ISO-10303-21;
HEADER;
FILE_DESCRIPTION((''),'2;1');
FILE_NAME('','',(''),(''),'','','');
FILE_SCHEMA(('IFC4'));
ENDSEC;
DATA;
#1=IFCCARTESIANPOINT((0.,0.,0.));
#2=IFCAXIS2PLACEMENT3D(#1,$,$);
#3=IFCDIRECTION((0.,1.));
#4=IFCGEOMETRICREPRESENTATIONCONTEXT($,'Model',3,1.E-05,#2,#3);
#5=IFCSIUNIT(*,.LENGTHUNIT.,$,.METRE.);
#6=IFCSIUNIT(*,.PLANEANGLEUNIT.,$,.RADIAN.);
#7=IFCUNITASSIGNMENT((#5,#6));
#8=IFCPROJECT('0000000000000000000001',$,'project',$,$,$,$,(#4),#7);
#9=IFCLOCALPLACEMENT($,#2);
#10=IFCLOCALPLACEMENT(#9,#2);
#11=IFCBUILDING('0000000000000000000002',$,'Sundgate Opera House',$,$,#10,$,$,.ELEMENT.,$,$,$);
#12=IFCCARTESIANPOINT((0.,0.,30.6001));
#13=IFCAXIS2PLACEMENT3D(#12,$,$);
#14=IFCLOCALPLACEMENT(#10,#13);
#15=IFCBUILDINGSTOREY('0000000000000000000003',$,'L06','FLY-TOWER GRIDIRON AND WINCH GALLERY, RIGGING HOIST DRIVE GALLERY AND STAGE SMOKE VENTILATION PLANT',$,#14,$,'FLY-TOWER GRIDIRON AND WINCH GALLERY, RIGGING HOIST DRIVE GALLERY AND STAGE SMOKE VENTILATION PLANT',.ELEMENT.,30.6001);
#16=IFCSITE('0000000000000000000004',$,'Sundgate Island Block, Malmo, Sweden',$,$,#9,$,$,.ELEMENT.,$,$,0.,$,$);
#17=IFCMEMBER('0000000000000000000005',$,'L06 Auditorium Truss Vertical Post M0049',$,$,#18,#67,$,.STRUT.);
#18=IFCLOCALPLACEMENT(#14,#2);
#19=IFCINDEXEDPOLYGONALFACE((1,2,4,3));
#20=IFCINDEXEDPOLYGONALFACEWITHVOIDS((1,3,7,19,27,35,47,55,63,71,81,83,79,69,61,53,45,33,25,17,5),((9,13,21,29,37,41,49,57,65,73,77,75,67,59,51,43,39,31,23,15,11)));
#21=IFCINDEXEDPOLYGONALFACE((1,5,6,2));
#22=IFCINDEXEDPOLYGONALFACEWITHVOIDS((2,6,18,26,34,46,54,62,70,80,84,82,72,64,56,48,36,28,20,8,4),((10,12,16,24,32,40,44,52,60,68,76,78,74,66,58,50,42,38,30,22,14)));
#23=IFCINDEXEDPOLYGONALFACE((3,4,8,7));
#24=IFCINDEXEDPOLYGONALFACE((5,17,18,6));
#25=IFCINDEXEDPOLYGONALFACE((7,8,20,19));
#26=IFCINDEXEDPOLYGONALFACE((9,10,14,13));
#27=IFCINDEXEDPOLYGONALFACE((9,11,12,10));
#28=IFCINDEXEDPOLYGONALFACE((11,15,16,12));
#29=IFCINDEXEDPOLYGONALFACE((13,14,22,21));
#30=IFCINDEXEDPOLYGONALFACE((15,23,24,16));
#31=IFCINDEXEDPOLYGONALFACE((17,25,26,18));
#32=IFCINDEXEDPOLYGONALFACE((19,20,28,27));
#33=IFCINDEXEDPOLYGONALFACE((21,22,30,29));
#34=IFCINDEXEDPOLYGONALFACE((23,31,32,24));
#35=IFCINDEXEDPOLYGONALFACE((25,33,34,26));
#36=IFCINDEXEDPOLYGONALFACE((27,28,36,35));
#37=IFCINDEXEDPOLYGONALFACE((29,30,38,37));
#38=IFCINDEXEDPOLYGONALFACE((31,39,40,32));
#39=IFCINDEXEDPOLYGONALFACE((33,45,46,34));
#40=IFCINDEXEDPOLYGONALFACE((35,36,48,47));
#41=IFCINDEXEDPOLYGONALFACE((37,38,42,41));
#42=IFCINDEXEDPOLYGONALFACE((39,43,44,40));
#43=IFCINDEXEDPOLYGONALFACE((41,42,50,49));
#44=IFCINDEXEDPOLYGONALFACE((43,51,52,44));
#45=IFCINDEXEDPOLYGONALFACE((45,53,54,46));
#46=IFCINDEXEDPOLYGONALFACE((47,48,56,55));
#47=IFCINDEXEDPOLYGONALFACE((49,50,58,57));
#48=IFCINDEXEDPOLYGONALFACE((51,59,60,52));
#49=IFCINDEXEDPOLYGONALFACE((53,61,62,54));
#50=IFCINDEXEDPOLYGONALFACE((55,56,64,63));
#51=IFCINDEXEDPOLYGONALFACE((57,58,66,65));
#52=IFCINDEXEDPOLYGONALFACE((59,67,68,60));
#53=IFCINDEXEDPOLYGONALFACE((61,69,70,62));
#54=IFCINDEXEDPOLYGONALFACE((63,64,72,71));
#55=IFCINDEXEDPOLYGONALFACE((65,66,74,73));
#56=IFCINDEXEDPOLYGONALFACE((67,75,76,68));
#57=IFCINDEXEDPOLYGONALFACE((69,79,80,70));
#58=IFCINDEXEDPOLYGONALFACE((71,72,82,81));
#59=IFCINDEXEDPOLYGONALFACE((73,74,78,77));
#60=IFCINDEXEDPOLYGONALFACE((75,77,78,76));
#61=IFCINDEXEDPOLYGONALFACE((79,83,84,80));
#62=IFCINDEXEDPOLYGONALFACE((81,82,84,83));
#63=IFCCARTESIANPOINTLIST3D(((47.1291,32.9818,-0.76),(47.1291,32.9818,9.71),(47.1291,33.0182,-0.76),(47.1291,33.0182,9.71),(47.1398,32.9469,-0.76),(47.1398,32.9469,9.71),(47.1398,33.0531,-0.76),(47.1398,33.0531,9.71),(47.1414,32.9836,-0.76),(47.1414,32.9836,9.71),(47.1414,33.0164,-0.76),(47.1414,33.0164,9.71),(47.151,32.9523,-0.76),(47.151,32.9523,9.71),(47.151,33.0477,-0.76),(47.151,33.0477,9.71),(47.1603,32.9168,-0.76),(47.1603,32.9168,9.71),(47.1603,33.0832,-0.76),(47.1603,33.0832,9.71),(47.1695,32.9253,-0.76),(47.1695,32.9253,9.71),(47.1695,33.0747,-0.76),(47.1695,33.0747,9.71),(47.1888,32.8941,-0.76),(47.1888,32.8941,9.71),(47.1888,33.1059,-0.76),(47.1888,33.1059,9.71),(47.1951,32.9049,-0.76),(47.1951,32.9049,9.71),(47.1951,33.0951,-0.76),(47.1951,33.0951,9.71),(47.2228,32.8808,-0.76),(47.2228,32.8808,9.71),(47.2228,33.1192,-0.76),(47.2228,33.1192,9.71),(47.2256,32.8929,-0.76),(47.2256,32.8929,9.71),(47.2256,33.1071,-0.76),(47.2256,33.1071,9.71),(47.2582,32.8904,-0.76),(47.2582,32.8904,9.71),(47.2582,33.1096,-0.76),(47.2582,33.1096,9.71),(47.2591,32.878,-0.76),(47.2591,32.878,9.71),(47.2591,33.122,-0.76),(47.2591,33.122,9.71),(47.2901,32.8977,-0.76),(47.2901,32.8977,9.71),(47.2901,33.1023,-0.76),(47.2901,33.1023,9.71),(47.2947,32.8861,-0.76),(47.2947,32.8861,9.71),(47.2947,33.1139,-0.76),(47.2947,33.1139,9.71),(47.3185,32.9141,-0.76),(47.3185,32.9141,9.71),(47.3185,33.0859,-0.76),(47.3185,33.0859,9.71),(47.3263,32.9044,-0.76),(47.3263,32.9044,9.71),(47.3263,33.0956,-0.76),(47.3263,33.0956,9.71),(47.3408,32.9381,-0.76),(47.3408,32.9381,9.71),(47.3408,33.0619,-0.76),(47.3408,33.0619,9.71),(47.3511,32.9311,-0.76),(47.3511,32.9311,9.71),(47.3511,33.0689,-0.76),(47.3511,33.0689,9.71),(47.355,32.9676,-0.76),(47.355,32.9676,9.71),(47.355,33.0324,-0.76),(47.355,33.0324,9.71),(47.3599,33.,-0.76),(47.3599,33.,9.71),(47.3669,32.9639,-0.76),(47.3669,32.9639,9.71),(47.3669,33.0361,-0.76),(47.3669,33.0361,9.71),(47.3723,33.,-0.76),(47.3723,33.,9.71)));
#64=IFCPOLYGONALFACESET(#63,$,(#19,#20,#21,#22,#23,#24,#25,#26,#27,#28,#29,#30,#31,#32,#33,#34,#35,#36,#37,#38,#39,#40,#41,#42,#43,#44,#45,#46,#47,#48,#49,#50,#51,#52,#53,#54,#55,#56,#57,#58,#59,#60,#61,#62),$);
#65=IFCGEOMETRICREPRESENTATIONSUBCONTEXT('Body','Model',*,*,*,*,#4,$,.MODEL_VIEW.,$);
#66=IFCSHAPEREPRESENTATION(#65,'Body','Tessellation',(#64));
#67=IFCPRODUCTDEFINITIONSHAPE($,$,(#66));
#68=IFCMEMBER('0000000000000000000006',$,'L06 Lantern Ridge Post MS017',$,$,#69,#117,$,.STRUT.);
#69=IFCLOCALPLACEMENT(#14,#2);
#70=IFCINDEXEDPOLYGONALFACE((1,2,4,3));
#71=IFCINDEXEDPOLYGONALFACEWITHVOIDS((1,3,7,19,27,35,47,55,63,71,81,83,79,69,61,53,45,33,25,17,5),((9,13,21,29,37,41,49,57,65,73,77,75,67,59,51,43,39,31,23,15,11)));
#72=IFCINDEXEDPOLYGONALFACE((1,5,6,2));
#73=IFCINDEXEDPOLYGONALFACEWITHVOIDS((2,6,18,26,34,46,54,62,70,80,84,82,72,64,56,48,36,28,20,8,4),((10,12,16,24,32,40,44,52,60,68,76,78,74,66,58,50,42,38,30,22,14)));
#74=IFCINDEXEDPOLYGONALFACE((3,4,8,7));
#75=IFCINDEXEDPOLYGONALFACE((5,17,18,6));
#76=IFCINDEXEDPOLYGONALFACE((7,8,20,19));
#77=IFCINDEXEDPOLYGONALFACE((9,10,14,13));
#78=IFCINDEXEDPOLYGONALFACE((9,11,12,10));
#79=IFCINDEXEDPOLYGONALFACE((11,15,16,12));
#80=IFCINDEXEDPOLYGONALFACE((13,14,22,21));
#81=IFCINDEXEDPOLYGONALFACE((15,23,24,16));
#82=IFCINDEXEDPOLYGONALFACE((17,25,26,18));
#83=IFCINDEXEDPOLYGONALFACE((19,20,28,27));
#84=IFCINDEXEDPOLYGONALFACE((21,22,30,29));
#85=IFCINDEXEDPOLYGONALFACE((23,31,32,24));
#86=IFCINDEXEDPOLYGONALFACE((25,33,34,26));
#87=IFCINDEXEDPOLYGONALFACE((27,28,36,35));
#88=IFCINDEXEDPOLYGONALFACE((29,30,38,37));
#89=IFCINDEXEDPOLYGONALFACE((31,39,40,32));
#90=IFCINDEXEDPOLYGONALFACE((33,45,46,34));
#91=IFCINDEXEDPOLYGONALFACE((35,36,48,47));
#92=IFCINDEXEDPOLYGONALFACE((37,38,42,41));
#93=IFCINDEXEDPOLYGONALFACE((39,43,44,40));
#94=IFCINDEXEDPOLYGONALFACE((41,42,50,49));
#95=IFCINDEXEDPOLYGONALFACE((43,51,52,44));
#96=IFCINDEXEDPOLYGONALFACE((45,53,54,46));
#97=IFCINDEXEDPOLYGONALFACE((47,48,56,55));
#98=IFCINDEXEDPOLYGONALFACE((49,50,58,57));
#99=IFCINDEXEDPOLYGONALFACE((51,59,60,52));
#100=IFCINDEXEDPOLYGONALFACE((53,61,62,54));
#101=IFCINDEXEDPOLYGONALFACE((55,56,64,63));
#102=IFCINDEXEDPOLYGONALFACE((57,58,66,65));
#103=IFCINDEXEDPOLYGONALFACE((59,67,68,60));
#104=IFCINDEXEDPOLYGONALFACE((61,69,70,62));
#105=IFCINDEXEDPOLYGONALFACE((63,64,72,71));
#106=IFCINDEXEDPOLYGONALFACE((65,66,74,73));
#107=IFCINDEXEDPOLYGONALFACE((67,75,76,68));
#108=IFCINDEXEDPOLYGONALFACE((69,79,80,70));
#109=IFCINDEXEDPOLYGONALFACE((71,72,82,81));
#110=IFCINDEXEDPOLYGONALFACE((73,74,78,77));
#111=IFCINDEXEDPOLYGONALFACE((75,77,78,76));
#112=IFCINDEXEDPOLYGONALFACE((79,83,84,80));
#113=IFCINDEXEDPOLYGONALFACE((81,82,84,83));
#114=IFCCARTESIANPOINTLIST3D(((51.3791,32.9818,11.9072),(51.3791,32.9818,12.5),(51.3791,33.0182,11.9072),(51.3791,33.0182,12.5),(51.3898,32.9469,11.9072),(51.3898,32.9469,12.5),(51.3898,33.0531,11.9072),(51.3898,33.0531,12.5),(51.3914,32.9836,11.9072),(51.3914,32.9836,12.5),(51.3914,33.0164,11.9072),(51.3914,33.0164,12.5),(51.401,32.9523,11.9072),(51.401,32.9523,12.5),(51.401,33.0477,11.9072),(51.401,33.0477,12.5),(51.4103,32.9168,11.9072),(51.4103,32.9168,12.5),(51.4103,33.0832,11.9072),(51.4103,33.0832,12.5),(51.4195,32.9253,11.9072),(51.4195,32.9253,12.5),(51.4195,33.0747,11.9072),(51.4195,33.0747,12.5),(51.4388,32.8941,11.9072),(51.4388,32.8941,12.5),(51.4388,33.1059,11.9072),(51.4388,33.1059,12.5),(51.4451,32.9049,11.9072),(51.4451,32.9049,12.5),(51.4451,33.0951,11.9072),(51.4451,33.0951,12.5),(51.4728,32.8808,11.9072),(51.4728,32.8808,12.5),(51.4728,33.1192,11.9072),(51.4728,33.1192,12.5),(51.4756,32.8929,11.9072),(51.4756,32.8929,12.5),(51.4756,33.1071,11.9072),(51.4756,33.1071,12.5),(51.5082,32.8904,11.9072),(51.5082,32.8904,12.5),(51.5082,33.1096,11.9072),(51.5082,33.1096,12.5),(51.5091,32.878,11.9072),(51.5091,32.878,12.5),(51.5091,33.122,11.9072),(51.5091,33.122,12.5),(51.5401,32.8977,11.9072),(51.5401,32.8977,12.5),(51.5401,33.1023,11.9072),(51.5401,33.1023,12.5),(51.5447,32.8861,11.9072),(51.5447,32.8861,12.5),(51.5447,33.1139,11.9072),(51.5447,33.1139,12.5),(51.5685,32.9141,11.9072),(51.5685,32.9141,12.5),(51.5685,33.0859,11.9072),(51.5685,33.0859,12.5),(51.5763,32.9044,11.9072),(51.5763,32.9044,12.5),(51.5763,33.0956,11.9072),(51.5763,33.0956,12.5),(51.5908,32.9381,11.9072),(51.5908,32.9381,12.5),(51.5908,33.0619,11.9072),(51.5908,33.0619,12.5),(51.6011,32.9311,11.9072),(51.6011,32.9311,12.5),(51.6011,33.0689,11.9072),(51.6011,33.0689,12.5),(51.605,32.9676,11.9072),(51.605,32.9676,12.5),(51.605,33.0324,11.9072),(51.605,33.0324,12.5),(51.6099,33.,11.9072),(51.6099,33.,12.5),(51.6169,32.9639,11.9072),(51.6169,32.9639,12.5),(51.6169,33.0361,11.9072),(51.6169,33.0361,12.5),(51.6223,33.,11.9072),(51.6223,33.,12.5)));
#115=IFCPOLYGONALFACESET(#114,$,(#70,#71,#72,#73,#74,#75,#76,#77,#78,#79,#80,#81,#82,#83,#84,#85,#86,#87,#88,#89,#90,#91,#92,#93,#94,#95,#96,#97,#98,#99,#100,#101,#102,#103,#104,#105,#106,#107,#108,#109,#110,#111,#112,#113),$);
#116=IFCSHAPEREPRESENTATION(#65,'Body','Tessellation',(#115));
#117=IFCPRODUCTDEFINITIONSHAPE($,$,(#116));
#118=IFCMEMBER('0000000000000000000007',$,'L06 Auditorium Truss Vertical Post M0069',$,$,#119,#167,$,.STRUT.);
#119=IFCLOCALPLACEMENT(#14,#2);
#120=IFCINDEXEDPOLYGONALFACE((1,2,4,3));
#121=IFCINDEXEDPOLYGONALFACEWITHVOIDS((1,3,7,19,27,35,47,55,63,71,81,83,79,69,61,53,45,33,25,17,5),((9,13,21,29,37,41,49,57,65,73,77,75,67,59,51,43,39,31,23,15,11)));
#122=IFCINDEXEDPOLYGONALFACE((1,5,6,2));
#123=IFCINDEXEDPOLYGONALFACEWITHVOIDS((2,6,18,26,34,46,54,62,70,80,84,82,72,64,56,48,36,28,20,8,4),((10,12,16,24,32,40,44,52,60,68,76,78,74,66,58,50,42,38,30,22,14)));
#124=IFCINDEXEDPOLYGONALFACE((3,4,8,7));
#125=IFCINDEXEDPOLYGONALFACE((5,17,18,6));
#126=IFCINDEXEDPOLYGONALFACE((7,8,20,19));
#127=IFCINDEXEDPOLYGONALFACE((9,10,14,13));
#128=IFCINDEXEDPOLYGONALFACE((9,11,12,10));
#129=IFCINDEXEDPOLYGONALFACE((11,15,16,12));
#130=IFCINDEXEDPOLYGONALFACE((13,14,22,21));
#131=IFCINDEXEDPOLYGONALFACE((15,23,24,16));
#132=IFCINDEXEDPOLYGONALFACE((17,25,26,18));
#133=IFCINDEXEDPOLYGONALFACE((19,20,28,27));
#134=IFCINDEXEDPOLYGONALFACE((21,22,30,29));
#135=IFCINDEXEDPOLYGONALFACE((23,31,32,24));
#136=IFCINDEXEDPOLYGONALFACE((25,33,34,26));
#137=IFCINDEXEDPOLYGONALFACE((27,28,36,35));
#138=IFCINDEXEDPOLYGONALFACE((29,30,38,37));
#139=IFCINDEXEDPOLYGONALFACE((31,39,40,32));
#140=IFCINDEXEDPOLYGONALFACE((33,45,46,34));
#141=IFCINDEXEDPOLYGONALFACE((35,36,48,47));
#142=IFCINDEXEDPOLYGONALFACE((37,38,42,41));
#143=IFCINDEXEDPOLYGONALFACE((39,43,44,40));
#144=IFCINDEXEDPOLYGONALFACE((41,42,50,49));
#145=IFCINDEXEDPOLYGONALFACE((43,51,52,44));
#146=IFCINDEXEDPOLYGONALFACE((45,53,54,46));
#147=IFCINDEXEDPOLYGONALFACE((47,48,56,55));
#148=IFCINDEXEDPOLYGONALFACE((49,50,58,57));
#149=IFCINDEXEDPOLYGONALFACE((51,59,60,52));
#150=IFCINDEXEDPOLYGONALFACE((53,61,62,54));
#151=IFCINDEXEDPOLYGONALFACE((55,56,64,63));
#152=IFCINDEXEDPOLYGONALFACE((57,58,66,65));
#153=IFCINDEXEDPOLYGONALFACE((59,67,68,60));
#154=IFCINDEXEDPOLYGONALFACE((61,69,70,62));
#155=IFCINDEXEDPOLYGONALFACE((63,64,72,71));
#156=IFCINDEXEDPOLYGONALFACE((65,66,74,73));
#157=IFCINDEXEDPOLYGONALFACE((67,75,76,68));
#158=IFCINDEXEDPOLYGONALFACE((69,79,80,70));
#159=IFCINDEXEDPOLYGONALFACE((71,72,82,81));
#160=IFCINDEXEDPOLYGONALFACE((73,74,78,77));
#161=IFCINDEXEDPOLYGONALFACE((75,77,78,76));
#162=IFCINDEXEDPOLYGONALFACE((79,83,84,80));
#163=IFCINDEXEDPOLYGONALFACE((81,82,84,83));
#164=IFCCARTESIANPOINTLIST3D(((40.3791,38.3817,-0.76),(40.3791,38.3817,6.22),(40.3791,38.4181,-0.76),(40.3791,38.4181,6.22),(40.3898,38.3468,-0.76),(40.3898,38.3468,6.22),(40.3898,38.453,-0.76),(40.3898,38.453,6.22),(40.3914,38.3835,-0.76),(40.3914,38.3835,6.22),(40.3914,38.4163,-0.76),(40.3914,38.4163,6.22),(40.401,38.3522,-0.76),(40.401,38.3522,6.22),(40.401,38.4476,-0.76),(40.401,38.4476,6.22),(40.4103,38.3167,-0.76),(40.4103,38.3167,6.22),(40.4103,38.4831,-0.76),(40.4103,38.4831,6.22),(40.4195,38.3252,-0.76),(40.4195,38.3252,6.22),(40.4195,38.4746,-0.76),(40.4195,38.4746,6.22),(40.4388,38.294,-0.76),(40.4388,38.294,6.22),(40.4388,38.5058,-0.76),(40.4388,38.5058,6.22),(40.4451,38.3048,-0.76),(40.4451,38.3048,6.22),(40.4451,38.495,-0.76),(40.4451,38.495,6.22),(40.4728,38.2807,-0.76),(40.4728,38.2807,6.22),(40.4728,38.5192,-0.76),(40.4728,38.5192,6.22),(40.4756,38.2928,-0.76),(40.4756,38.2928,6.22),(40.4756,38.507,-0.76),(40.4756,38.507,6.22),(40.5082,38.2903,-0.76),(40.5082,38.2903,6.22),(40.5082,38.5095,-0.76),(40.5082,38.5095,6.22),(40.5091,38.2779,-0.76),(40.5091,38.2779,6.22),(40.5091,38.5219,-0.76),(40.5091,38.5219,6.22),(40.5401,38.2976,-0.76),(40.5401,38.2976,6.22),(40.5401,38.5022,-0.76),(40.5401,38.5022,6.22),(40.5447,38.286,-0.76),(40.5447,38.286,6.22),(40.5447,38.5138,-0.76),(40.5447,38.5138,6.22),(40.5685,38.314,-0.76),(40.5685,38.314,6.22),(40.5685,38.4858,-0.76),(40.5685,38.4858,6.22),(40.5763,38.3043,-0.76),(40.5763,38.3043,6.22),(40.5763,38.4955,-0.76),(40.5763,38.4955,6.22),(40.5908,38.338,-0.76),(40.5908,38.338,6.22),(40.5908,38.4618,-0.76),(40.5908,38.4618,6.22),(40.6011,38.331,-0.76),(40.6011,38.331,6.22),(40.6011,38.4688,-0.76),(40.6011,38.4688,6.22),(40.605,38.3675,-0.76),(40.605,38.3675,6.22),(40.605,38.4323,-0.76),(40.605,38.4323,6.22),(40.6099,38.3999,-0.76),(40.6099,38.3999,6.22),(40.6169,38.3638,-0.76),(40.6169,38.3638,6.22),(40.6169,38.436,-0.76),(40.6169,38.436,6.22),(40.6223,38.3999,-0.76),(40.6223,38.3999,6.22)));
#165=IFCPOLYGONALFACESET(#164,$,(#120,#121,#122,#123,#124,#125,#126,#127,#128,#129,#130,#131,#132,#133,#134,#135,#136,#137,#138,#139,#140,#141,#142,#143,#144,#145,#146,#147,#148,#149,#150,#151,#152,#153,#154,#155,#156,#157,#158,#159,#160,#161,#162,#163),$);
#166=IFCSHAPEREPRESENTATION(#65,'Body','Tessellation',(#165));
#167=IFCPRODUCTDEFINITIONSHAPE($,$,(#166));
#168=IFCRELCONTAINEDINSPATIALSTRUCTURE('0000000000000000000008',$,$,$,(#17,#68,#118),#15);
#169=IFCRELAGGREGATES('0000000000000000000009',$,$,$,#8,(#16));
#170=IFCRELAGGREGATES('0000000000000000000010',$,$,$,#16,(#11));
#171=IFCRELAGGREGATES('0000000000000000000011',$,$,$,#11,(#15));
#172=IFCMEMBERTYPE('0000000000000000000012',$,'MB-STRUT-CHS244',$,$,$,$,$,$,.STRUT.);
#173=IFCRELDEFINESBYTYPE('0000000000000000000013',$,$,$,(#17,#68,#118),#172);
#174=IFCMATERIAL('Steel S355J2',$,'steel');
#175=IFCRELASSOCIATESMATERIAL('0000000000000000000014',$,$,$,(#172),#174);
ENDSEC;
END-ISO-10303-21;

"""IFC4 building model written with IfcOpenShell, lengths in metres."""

from ifc_helpers import new_model, si_unit, direction, frame, origin, origin_2d, place, context, subcontext, project, spatial, hollow_circle, extrude, material, material_profile, profile_set, type_object, element, save


model = new_model("IFC4")

# Units and contexts
model_context = context("Model", 3, precision=1e-05, world=origin(), true_north=direction((0.0, 1.0)))
body_context = subcontext(model_context, "Body", "Model", "MODEL_VIEW")
ifc_project = project(units=[si_unit("LENGTHUNIT", "METRE"), si_unit("PLANEANGLEUNIT", "RADIAN")], contexts=[model_context])

# Site, building, storey
site_placement = place(None, origin())
site = spatial("IfcSite", under=ifc_project, at=site_placement, Name="Sundgate Island Block, Malmo, Sweden", CompositionType="ELEMENT", RefElevation=0.0)
building_placement = place(site_placement, origin())
building = spatial("IfcBuilding", under=site, at=building_placement, Name="Sundgate Opera House", CompositionType="ELEMENT")
storey_placement = place(building_placement, frame((0.0, 0.0, 30.6001)))
storey = spatial("IfcBuildingStorey", under=building, at=storey_placement, Name="L06", Description="FLY-TOWER GRIDIRON AND WINCH GALLERY, RIGGING HOIST DRIVE GALLERY AND STAGE SMOKE VENTILATION PLANT", LongName="FLY-TOWER GRIDIRON AND WINCH GALLERY, RIGGING HOIST DRIVE GALLERY AND STAGE SMOKE VENTILATION PLANT", CompositionType="ELEMENT", Elevation=30.6001)

# Members
ifc_material_1 = material(Name="Steel S355J2", Category="steel")
ifc_material_profile_1 = material_profile(ifc_material_1, hollow_circle(Radius=0.1223, WallThickness=0.0125, at=origin_2d()), Name="CHS 244.5x12.5")
ifc_profile_set_1 = profile_set([ifc_material_profile_1], Name="Steel S355J2")
member_type_1 = type_object("IfcMemberType", Name="MB-STRUT-CHS244", PredefinedType="STRUT", material=ifc_profile_set_1)
member_1_placement = place(storey_placement, frame((47.25, 33.0, -0.76), z_axis=(0.0, 0.0, 1.0), x_axis=(1.0, 0.0, 0.0)))
element("IfcMember", 1, at=member_1_placement, inside=storey, type_object=member_type_1, Name="L06 Auditorium Truss Vertical Post M0049", PredefinedType="STRUT", context=body_context, shape_type="SweptSolid", body=[
    extrude(hollow_circle(Radius=0.1223, WallThickness=0.0125, at=origin_2d()), origin(), (0.0, 0.0, 1.0), 10.47),
])
member_2_placement = place(storey_placement, frame((51.5, 33.0, 11.9072), z_axis=(0.0, 0.0, 1.0), x_axis=(1.0, 0.0, 0.0)))
element("IfcMember", 2, at=member_2_placement, inside=storey, type_object=member_type_1, Name="L06 Lantern Ridge Post MS017", PredefinedType="STRUT", context=body_context, shape_type="SweptSolid", body=[
    extrude(hollow_circle(Radius=0.1223, WallThickness=0.0125, at=origin_2d()), origin(), (0.0, 0.0, 1.0), 0.5928),
])
member_3_placement = place(storey_placement, frame((40.5, 38.3999, -0.76), z_axis=(0.0, 0.0, 1.0), x_axis=(1.0, 0.0, 0.0)))
element("IfcMember", 3, at=member_3_placement, inside=storey, type_object=member_type_1, Name="L06 Auditorium Truss Vertical Post M0069", PredefinedType="STRUT", context=body_context, shape_type="SweptSolid", body=[
    extrude(hollow_circle(Radius=0.1223, WallThickness=0.0125, at=origin_2d()), origin(), (0.0, 0.0, 1.0), 6.98),
])

save(model, "model.ifc")
